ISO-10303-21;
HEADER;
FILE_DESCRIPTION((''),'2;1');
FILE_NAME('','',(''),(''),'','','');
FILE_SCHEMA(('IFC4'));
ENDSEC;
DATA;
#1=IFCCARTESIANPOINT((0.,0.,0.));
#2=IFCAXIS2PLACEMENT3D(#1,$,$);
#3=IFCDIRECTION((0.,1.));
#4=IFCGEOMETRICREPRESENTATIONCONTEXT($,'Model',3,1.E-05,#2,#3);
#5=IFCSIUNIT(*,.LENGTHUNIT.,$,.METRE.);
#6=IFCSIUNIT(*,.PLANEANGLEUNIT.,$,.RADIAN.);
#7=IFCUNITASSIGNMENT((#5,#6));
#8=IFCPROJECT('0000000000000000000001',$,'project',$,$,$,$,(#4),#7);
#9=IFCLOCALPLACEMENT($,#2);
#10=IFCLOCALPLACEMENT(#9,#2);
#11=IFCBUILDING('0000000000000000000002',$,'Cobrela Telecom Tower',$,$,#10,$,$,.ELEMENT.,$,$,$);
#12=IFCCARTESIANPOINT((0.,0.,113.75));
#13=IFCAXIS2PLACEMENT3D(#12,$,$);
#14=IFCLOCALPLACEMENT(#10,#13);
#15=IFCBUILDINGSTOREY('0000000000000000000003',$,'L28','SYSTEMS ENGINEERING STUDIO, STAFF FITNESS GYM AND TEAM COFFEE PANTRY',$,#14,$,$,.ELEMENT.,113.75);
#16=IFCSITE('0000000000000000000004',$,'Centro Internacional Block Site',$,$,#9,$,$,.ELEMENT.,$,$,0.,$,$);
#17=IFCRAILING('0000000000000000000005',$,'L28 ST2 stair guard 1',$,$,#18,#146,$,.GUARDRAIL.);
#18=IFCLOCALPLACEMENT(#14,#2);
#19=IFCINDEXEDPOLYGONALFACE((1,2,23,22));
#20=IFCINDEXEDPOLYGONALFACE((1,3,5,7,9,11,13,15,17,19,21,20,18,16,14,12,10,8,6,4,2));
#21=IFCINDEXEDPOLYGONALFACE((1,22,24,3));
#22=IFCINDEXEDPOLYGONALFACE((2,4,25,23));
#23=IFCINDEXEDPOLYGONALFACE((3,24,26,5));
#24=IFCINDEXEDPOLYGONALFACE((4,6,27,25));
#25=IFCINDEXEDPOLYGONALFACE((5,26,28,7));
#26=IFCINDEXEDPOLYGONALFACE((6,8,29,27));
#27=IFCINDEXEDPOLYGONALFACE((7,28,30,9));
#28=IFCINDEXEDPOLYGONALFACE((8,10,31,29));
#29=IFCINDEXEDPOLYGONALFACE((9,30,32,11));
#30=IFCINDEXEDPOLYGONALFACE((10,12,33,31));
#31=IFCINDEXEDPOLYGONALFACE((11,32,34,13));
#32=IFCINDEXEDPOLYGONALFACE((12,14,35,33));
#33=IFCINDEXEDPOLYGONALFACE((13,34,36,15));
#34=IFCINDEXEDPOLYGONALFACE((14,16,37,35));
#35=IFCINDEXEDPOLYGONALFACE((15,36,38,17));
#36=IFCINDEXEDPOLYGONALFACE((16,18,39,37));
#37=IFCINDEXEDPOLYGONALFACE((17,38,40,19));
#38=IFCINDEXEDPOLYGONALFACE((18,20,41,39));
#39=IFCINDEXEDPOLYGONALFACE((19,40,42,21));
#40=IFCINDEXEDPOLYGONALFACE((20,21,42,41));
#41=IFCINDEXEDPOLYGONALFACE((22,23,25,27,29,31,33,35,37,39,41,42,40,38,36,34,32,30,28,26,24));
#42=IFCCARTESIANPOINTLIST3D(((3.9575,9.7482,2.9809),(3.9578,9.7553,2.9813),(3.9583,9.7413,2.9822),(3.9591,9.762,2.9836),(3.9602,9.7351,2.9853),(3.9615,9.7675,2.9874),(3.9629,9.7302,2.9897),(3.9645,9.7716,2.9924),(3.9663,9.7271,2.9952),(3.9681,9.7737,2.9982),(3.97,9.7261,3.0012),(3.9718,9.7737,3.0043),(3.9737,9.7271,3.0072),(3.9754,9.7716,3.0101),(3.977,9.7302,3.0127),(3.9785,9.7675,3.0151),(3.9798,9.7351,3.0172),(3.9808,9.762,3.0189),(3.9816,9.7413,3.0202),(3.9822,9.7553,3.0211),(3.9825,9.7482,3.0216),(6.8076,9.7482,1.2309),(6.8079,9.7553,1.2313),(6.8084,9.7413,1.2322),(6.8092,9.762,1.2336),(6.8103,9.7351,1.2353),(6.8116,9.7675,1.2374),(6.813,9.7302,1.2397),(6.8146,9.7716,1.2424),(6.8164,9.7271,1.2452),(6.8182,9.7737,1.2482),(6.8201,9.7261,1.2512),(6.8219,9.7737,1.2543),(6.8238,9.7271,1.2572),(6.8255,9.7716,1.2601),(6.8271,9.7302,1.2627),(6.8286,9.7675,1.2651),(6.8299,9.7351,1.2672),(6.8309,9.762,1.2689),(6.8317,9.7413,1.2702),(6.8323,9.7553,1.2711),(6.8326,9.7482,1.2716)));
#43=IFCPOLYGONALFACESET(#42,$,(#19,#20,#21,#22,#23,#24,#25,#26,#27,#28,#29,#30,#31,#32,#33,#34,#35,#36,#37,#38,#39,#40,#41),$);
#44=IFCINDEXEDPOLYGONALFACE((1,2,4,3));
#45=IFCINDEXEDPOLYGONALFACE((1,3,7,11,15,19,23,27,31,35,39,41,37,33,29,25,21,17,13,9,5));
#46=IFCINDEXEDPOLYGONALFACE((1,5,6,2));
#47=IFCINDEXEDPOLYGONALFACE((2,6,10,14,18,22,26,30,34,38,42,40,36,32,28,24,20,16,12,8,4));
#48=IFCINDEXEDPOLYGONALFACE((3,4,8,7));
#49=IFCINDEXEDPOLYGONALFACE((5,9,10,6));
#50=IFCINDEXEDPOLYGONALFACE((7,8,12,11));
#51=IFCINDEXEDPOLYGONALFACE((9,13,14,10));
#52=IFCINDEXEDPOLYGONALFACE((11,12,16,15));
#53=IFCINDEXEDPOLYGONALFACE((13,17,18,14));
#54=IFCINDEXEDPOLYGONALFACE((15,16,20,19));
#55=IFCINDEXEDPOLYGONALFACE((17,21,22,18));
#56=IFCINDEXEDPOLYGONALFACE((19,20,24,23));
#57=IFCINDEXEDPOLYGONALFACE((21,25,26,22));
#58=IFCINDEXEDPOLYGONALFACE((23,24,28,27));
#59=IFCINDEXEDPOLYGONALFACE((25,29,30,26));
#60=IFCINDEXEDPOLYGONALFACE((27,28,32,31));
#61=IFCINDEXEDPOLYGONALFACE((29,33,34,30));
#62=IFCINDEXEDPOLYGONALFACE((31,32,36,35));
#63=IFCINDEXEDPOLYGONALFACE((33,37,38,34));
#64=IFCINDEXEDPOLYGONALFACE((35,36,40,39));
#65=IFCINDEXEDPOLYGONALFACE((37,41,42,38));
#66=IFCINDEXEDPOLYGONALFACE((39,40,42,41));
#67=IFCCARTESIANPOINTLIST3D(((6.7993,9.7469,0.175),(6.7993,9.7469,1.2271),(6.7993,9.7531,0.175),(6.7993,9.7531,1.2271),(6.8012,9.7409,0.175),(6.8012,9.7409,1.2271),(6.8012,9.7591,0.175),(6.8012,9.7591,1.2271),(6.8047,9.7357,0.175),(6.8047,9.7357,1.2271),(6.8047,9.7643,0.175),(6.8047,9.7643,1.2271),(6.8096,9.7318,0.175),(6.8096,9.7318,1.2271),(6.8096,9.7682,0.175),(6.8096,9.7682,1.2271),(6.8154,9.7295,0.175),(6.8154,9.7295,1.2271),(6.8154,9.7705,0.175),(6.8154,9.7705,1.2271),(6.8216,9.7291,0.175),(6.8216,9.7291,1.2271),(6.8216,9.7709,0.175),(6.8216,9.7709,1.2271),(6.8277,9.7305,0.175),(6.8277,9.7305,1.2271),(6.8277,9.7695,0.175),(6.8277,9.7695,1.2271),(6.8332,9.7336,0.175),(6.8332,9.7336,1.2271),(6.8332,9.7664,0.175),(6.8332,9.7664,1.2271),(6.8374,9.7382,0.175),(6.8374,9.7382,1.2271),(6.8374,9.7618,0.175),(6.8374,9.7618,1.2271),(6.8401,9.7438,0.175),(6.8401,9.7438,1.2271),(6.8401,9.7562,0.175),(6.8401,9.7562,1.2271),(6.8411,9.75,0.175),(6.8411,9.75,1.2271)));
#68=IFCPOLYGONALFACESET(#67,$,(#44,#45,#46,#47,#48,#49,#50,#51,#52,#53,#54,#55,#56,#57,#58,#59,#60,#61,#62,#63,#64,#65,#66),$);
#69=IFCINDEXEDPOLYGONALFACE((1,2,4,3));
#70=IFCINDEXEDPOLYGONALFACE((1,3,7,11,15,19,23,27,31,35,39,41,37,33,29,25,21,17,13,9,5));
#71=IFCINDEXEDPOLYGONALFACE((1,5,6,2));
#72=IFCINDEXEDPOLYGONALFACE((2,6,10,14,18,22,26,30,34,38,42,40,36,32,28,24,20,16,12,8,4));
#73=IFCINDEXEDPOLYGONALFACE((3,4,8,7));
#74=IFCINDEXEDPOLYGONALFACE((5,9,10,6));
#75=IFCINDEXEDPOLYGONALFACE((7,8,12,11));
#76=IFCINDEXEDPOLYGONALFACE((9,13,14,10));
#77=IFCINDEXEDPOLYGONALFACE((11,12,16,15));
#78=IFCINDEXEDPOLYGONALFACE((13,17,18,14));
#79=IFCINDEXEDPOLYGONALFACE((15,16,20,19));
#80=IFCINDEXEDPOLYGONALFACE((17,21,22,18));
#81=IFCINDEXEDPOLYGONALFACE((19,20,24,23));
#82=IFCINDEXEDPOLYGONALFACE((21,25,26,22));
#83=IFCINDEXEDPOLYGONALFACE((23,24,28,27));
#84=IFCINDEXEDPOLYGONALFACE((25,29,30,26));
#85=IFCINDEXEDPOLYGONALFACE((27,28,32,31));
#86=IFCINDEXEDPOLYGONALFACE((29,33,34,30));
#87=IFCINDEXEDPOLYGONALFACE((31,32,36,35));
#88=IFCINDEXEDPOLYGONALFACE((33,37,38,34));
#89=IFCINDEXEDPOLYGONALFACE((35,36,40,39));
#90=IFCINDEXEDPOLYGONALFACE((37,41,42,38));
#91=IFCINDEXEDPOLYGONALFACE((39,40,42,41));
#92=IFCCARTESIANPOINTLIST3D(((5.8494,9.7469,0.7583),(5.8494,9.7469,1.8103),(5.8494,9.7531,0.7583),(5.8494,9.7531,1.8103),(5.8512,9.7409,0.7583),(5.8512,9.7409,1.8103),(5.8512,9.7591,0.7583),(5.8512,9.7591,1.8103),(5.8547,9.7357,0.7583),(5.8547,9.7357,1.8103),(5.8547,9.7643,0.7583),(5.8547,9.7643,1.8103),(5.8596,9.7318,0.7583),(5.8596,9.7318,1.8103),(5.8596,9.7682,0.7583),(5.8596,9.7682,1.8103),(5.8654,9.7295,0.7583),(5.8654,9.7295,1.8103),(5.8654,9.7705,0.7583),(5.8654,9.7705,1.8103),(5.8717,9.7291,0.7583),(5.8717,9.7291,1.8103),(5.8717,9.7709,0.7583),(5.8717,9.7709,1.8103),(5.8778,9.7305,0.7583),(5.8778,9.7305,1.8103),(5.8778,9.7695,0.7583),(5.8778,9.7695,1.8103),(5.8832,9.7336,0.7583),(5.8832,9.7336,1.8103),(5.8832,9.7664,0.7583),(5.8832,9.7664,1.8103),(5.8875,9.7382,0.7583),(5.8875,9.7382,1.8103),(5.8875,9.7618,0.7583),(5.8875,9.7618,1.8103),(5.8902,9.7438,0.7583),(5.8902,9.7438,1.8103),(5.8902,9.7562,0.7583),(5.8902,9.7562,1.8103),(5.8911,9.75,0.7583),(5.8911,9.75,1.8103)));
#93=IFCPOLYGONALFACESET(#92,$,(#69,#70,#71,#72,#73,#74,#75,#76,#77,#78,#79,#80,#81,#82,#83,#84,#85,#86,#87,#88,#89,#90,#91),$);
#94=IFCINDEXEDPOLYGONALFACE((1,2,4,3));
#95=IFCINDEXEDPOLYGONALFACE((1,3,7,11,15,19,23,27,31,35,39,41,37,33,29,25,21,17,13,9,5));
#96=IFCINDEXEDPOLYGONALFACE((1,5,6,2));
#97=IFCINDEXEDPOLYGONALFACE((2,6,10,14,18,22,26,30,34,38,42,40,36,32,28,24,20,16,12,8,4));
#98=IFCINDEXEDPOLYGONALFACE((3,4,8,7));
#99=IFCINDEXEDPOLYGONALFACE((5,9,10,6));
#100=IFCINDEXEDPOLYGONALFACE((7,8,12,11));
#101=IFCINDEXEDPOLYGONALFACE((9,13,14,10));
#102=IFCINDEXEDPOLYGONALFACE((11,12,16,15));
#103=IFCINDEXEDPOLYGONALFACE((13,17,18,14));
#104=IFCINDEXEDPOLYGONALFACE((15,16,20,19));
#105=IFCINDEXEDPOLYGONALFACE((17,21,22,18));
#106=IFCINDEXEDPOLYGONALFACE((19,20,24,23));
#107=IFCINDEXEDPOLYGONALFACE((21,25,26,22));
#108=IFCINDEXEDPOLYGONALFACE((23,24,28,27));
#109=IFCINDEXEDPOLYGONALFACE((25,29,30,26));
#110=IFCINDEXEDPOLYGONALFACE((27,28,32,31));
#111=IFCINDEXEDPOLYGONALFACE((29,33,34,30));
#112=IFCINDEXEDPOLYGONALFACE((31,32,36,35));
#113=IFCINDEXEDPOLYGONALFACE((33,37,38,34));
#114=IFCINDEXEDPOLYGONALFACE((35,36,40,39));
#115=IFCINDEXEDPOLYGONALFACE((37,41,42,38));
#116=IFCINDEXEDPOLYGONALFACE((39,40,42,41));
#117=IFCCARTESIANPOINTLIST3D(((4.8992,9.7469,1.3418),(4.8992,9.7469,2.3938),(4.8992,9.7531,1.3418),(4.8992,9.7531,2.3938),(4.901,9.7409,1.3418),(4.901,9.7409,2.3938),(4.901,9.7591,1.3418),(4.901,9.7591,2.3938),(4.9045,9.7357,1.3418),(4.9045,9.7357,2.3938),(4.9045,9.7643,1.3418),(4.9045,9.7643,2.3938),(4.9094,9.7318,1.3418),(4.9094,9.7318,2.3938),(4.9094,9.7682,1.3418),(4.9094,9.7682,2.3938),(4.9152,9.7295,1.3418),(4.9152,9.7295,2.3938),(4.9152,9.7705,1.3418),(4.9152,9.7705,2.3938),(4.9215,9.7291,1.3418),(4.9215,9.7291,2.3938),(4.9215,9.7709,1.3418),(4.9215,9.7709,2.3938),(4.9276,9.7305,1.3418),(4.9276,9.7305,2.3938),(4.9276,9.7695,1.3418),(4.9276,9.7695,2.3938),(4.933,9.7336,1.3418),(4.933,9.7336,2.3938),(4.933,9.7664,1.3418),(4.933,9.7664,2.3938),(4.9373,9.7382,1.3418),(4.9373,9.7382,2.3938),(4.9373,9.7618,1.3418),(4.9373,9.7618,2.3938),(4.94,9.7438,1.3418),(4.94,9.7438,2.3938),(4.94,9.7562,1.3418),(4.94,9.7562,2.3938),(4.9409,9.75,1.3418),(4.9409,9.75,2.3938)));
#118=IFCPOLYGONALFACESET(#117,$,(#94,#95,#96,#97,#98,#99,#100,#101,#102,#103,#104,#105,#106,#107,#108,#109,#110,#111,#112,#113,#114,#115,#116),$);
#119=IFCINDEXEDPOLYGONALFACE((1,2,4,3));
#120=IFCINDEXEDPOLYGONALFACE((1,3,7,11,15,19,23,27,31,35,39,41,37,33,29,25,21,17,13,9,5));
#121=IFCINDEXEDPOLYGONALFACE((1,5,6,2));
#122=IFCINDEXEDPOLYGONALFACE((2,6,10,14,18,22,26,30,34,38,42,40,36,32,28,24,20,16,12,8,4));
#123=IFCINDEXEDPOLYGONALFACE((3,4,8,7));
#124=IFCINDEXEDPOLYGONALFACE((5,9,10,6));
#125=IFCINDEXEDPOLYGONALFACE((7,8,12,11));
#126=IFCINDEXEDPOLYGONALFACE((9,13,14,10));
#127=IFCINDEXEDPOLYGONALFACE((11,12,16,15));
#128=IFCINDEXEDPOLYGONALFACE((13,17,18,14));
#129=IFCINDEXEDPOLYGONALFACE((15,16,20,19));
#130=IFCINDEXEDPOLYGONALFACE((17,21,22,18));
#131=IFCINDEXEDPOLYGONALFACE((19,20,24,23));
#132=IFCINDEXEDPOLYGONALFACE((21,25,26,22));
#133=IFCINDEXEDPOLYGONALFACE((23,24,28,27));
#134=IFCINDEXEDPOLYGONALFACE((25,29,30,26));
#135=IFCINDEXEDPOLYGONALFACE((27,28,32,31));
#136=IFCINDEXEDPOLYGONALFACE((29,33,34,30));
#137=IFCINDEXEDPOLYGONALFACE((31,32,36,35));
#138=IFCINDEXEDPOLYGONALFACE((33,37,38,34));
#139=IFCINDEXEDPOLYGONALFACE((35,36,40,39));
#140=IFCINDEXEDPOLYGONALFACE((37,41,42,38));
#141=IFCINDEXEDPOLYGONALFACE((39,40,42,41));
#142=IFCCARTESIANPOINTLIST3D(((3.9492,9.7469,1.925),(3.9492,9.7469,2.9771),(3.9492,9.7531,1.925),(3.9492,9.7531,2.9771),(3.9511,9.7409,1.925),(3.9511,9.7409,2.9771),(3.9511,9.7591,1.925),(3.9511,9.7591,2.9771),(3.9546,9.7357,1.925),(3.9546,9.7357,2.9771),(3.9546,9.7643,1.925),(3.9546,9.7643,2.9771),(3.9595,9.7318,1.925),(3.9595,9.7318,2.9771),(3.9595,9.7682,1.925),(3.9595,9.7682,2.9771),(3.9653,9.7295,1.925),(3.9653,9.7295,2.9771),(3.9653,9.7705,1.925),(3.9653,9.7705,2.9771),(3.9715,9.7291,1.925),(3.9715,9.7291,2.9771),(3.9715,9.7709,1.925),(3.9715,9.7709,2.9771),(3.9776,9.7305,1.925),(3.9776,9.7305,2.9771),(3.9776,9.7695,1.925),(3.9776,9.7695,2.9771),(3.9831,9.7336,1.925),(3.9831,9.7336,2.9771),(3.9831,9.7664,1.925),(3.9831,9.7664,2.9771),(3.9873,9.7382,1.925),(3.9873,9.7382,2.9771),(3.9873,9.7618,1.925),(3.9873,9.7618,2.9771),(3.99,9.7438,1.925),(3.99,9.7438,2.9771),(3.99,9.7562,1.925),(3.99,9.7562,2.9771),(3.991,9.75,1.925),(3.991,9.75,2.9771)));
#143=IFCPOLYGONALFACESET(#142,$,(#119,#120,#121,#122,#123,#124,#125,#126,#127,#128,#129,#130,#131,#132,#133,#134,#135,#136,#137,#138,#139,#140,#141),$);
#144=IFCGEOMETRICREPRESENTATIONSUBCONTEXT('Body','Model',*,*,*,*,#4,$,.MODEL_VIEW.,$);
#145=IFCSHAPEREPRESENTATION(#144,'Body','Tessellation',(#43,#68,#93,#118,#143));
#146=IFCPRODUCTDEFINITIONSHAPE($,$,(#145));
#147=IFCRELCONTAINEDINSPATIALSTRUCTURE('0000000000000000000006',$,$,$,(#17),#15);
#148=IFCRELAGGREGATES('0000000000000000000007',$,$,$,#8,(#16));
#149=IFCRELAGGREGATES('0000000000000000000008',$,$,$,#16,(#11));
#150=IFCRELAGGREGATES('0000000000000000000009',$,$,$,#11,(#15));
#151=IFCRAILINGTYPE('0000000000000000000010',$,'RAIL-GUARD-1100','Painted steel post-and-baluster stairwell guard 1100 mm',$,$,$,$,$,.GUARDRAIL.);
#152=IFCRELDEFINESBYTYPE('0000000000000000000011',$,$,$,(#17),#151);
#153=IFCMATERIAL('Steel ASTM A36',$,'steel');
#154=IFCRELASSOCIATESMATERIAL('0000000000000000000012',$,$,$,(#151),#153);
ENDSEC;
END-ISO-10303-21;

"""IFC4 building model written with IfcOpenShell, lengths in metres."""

from ifc_helpers import new_model, si_unit, direction, frame, origin, origin_2d, place, context, subcontext, project, spatial, circle, extrude, material, type_object, element, save


model = new_model("IFC4")

# Units and contexts
model_context = context("Model", 3, precision=1e-05, world=origin(), true_north=direction((0.0, 1.0)))
body_context = subcontext(model_context, "Body", "Model", "MODEL_VIEW")
ifc_project = project(units=[si_unit("LENGTHUNIT", "METRE"), si_unit("PLANEANGLEUNIT", "RADIAN")], contexts=[model_context])

# Site, building, storey
site_placement = place(None, origin())
site = spatial("IfcSite", under=ifc_project, at=site_placement, Name="Centro Internacional Block Site", CompositionType="ELEMENT", RefElevation=0.0)
building_placement = place(site_placement, origin())
building = spatial("IfcBuilding", under=site, at=building_placement, Name="Cobrela Telecom Tower", CompositionType="ELEMENT")
storey_placement = place(building_placement, frame((0.0, 0.0, 113.75)))
storey = spatial("IfcBuildingStorey", under=building, at=storey_placement, Name="L28", Description="SYSTEMS ENGINEERING STUDIO, STAFF FITNESS GYM AND TEAM COFFEE PANTRY", CompositionType="ELEMENT", Elevation=113.75)

# Shared definitions
ifc_material_1 = material(Name="Steel ASTM A36", Category="steel")

# Railing
railing_type_1 = type_object("IfcRailingType", Name="RAIL-GUARD-1100", Description="Painted steel post-and-baluster stairwell guard 1100 mm", PredefinedType="GUARDRAIL", material=ifc_material_1)
railing_1_placement = place(storey_placement, frame((6.8201, 9.75, 0.175)))
element("IfcRailing", 1, at=railing_1_placement, inside=storey, type_object=railing_type_1, Name="L28 ST2 stair guard 1", PredefinedType="GUARDRAIL", context=body_context, shape_type="SweptSolid", body=[
    extrude(circle(Radius=0.0239, at=origin_2d()), frame((0.0, 0.0, 1.0762), z_axis=(-0.852179, 0.0, 0.52325), x_axis=(0.0, -1.0, 0.0)), (0.0, 0.0, 1.0), 3.3445),
    extrude(circle(Radius=0.021, at=origin_2d()), origin(), (0.0, 0.0, 1.0), 1.052),
    extrude(circle(Radius=0.021, at=origin_2d()), frame((-0.95, 0.0, 0.5833)), (0.0, 0.0, 1.0), 1.052),
    extrude(circle(Radius=0.021, at=origin_2d()), frame((-1.9001, 0.0, 1.1667)), (0.0, 0.0, 1.0), 1.052),
    extrude(circle(Radius=0.021, at=origin_2d()), frame((-2.8501, 0.0, 1.75)), (0.0, 0.0, 1.0), 1.052),
])

save(model, "model.ifc")
